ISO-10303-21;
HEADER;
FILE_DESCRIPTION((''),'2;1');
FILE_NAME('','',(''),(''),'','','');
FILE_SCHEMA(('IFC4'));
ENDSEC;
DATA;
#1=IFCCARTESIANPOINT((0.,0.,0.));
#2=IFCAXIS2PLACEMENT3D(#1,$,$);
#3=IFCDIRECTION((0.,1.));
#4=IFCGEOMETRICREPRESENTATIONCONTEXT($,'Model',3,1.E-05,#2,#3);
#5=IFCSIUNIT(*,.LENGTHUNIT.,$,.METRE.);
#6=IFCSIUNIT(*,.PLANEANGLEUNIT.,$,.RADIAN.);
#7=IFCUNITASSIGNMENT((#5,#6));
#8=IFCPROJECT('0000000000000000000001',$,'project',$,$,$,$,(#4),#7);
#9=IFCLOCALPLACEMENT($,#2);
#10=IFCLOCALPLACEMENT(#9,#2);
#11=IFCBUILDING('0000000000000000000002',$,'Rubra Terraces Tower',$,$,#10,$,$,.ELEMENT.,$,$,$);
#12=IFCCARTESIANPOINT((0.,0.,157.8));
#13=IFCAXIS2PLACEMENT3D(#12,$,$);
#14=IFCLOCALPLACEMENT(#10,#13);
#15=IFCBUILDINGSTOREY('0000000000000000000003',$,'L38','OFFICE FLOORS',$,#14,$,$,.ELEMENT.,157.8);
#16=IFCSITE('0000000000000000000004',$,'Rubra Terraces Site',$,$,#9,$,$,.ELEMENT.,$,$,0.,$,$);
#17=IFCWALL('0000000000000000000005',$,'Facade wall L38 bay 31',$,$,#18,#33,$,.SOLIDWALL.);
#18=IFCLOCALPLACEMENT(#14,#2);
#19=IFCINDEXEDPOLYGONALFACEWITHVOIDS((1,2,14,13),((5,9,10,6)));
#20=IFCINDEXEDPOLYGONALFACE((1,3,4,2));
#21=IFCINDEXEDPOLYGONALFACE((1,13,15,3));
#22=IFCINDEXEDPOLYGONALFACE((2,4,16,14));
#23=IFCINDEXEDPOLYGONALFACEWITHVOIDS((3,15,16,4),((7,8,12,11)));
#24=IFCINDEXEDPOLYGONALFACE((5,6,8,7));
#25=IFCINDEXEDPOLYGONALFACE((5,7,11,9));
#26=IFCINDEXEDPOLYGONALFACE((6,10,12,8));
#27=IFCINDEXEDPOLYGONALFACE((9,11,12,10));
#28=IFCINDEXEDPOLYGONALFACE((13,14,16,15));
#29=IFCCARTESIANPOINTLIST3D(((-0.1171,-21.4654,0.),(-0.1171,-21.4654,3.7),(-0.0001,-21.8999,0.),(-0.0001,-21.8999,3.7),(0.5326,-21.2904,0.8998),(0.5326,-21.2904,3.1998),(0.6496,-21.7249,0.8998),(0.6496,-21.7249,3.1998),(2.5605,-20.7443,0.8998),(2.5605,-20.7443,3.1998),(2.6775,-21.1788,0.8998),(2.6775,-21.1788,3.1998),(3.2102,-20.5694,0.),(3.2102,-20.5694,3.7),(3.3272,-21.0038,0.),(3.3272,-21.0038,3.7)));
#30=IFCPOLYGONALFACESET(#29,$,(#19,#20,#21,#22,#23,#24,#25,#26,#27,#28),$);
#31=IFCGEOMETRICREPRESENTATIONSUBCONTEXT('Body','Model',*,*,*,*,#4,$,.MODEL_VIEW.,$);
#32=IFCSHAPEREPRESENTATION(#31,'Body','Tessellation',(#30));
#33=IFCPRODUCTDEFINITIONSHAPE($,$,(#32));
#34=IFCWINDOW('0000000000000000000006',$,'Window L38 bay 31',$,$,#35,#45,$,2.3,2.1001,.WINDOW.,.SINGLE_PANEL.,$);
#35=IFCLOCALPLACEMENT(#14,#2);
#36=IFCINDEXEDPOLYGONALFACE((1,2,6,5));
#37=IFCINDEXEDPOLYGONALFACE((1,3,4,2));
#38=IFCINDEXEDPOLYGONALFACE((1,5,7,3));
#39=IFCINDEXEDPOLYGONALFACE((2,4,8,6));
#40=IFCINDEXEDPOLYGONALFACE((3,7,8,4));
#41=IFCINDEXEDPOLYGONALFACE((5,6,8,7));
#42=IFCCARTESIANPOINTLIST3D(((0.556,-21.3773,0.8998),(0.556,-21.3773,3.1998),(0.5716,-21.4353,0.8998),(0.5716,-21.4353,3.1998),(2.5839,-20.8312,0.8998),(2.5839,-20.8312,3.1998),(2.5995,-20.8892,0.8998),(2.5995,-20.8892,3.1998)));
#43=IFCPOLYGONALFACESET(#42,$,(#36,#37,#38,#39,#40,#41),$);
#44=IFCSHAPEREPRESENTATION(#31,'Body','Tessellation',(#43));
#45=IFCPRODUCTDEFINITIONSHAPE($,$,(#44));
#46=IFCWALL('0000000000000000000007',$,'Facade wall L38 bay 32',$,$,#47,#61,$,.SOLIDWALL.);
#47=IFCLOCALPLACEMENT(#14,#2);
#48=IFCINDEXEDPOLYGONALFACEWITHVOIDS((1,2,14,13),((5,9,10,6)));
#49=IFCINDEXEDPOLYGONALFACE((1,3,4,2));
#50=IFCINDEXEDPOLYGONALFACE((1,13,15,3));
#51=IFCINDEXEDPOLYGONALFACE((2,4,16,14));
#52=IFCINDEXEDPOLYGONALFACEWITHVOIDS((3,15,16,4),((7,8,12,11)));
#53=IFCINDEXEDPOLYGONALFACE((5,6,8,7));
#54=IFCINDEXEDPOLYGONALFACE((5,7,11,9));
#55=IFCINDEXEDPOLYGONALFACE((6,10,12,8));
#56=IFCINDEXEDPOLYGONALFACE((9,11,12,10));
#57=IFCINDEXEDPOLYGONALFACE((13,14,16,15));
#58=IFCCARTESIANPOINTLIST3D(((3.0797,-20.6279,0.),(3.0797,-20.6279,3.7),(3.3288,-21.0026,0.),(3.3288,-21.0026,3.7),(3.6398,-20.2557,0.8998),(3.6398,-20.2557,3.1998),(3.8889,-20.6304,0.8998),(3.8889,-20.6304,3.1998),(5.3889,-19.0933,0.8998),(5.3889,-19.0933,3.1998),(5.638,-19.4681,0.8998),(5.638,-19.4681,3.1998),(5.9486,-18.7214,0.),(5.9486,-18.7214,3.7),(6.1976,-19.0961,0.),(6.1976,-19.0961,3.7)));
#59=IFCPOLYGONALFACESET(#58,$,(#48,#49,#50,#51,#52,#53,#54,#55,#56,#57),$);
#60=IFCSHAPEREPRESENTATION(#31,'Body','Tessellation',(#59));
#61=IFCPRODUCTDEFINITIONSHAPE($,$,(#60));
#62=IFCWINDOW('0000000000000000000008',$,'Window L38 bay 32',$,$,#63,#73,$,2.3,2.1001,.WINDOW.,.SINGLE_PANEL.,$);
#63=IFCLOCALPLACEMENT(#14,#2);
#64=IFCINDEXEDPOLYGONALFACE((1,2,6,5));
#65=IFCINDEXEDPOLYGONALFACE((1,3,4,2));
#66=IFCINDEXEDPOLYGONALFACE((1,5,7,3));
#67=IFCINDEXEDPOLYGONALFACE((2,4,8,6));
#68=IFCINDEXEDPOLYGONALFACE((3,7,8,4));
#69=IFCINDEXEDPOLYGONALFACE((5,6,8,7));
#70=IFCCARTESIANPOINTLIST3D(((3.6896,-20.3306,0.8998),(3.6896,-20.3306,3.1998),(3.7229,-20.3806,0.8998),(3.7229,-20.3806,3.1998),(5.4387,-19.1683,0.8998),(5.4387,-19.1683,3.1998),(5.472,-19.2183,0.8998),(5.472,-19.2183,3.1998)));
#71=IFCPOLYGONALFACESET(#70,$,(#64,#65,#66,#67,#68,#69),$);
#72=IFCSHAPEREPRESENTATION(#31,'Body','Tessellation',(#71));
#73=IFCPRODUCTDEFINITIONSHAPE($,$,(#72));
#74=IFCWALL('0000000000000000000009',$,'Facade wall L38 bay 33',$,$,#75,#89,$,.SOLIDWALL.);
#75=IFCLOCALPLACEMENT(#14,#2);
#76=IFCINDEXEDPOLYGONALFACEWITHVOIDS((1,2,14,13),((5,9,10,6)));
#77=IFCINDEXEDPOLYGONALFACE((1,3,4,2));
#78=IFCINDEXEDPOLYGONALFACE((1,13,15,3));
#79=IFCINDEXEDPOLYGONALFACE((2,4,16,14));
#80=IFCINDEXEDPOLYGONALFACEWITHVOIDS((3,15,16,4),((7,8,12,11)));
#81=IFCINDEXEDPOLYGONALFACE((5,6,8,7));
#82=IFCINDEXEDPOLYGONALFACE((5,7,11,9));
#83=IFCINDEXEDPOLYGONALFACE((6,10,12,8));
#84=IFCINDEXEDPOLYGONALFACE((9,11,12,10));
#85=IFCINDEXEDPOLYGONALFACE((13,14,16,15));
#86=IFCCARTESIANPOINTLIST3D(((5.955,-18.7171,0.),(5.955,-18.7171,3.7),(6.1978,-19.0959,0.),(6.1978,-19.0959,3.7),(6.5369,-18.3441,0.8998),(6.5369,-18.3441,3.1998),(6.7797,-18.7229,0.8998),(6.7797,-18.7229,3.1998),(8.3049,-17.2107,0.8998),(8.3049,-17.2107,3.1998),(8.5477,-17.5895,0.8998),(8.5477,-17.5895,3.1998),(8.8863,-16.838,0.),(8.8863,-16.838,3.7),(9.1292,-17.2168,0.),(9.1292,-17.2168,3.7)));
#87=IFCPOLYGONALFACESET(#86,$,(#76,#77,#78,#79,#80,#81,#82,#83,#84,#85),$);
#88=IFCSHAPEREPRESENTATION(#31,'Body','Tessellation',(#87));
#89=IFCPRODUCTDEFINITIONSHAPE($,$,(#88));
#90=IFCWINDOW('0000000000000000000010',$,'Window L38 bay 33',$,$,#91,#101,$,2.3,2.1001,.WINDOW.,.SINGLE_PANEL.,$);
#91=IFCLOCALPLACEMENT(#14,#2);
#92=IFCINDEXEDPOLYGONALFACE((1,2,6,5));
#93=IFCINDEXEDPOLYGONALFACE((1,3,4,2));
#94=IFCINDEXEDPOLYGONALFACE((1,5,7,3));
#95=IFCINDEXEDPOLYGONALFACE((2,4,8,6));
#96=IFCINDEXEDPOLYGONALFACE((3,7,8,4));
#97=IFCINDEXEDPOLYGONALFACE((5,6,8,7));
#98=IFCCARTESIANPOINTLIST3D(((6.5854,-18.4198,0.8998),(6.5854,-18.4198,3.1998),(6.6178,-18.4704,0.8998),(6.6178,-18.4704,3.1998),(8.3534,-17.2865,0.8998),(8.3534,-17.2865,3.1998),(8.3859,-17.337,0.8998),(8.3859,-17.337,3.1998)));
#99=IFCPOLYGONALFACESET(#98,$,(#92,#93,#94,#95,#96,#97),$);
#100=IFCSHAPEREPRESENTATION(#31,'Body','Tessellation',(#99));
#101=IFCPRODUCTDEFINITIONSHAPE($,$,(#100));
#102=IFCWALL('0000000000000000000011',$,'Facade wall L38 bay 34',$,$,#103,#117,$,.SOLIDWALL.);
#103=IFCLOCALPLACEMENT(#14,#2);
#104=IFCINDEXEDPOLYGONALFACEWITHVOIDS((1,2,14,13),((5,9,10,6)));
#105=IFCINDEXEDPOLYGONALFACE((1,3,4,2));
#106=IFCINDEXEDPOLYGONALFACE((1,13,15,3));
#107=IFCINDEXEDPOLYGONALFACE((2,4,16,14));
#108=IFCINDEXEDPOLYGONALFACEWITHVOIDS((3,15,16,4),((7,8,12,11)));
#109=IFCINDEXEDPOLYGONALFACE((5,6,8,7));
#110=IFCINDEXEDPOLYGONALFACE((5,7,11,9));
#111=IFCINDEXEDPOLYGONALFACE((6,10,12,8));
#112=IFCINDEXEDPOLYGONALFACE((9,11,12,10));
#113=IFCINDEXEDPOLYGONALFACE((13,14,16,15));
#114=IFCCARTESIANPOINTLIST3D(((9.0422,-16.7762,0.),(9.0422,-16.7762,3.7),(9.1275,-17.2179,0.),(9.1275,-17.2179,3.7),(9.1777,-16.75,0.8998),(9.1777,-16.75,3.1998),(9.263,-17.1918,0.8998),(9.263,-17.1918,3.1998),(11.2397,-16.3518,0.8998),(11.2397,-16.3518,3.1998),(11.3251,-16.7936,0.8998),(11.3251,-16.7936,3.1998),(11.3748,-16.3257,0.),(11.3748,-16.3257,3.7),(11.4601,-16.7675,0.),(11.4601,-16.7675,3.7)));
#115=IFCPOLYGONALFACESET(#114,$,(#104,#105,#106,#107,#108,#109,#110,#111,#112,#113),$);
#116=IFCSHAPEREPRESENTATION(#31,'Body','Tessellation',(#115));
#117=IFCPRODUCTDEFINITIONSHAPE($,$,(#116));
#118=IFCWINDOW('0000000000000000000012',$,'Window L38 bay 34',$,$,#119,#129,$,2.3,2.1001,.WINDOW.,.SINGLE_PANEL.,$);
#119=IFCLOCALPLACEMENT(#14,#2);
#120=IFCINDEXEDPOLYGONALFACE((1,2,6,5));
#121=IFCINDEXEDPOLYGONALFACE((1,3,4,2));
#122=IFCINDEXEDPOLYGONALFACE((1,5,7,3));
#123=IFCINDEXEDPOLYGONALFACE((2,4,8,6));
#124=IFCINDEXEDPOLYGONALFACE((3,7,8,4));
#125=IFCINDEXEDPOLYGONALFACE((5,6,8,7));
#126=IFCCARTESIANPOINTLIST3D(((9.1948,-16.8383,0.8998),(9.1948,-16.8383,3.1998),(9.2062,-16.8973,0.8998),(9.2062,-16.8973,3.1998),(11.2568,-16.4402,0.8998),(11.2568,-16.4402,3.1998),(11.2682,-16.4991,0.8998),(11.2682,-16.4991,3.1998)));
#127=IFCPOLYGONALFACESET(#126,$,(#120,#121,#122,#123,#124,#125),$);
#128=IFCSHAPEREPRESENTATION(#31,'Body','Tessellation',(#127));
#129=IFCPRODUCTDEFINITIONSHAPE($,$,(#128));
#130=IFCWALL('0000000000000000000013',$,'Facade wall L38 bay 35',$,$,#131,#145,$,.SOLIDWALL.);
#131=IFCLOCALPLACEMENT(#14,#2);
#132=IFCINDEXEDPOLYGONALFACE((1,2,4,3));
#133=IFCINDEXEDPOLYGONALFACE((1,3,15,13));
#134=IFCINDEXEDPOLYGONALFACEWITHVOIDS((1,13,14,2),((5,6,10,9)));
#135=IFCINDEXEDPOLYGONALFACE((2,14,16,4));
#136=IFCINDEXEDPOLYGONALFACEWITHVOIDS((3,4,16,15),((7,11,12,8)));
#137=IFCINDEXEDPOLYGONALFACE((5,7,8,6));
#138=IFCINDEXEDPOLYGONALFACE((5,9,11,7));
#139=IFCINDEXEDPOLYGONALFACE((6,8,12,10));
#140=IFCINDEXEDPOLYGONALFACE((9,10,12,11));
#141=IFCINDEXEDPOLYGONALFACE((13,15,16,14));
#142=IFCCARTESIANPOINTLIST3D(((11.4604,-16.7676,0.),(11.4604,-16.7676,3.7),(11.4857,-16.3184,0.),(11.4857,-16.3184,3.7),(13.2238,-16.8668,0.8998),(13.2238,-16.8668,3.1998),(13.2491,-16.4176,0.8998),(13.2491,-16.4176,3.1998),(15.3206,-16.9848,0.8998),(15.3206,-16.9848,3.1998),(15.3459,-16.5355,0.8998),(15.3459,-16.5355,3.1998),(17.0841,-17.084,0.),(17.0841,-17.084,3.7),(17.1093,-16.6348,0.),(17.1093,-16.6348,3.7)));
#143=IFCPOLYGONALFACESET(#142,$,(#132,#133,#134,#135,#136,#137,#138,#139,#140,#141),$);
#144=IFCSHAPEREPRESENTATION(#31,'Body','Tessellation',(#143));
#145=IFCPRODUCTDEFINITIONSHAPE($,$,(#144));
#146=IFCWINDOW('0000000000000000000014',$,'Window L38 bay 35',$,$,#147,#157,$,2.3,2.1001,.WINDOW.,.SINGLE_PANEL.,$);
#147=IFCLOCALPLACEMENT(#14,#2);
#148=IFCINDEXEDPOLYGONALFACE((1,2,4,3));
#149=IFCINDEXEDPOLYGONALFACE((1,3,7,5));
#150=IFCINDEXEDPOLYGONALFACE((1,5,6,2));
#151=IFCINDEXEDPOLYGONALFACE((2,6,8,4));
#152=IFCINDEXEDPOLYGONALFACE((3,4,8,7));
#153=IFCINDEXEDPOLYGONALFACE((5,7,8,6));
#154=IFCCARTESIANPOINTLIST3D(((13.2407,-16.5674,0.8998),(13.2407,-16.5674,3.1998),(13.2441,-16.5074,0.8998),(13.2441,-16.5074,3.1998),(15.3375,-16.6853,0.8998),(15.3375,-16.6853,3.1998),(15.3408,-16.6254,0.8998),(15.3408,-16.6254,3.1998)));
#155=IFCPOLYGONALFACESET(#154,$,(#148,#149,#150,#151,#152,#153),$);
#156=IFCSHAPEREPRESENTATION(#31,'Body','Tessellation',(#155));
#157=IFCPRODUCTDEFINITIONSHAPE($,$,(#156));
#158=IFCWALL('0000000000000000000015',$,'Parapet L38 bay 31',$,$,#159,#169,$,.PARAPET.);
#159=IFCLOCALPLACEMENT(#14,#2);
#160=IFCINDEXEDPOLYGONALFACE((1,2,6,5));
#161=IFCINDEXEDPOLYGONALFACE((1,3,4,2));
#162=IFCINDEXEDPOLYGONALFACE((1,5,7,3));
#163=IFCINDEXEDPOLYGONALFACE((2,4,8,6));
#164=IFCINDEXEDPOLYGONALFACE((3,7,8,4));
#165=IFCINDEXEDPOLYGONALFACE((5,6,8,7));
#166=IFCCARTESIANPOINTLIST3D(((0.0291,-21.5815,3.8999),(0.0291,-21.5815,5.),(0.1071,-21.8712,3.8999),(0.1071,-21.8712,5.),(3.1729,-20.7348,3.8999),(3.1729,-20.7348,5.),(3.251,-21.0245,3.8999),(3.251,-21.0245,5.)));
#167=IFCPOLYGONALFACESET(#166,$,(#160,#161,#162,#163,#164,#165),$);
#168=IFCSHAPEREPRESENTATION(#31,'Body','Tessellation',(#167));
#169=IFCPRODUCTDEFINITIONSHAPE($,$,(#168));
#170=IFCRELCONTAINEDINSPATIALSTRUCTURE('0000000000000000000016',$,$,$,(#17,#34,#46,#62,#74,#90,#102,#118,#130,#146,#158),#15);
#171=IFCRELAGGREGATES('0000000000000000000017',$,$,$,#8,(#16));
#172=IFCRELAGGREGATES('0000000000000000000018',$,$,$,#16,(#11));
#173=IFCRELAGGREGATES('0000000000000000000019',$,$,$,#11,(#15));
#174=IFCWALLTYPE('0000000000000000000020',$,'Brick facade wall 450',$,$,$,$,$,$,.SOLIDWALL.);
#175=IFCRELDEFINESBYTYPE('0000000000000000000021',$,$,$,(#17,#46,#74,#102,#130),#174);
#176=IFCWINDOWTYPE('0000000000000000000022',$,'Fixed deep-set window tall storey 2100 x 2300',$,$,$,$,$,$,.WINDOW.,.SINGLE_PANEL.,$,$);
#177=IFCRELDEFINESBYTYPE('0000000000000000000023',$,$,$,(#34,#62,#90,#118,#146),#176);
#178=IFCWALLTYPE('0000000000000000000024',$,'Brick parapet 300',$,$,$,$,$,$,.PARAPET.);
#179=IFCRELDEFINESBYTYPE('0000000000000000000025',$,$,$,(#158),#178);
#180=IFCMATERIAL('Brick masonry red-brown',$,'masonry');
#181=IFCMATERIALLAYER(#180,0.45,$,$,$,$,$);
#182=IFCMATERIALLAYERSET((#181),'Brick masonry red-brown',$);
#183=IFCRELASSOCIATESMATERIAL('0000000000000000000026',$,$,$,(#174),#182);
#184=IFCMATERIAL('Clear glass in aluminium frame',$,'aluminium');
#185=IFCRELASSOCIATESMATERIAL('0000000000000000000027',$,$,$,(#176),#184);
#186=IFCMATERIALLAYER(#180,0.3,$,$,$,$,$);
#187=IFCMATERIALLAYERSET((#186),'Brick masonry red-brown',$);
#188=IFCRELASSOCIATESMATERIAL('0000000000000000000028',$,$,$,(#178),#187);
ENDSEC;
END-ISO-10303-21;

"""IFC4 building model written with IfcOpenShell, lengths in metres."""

from ifc_helpers import new_model, si_unit, direction, frame, frame_2d, origin, place, context, subcontext, project, spatial, rectangle, extrude, material, layer, layer_set, type_object, element, fill, save


model = new_model("IFC4")

# Units and contexts
model_context = context("Model", 3, precision=1e-05, world=origin(), true_north=direction((0.0, 1.0)))
body_context = subcontext(model_context, "Body", "Model", "MODEL_VIEW")
ifc_project = project(units=[si_unit("LENGTHUNIT", "METRE"), si_unit("PLANEANGLEUNIT", "RADIAN")], contexts=[model_context])

# Site, building, storey
site_placement = place(None, origin())
site = spatial("IfcSite", under=ifc_project, at=site_placement, Name="Rubra Terraces Site", CompositionType="ELEMENT", RefElevation=0.0)
building_placement = place(site_placement, origin())
building = spatial("IfcBuilding", under=site, at=building_placement, Name="Rubra Terraces Tower", CompositionType="ELEMENT")
storey_placement = place(building_placement, frame((0.0, 0.0, 157.8)))
storey = spatial("IfcBuildingStorey", under=building, at=storey_placement, Name="L38", Description="OFFICE FLOORS", CompositionType="ELEMENT", Elevation=157.8)

# Walls, openings, windows
ifc_material_1 = material(Name="Brick masonry red-brown", Category="masonry")
ifc_layer_1 = layer(ifc_material_1, 0.45)
ifc_layer_set_1 = layer_set([ifc_layer_1], Name="Brick masonry red-brown")
wall_type_1 = type_object("IfcWallType", Name="Brick facade wall 450", PredefinedType="SOLIDWALL", material=ifc_layer_set_1)
wall_1_placement = place(storey_placement, frame((-0.0586, -21.6826, 0.0), z_axis=(0.0, 0.0, 1.0), x_axis=(0.965599, 0.260034, 0.0)))
wall_1 = element("IfcWall", 1, at=wall_1_placement, inside=storey, type_object=wall_type_1, Name="Facade wall L38 bay 31", PredefinedType="SOLIDWALL", context=body_context, shape_type="SweptSolid", body=[
    extrude(rectangle(XDim=3.4458, YDim=0.45, at=frame_2d((1.7229, 0.0))), origin(), (0.0, 0.0, 1.0), 3.7),
])
opening_1_placement = place(wall_1_placement, frame((0.6729, 0.0, 0.8999)))
opening_1 = element("IfcOpeningElement", 2, at=opening_1_placement, cuts=wall_1, PredefinedType="OPENING", context=body_context, shape_type="SweptSolid", body=[
    extrude(rectangle(XDim=2.1001, YDim=2.3, at=frame_2d((1.05, 1.1499))), frame((0.0, 0.2349, 0.0), z_axis=(0.0, -1.0, 0.0), x_axis=(1.0, 0.0, 0.0)), (0.0, 0.0, 1.0), 0.47),
])
ifc_material_2 = material(Name="Clear glass in aluminium frame", Category="aluminium")
window_type = type_object("IfcWindowType", Name="Fixed deep-set window tall storey 2100 x 2300", PartitioningType="SINGLE_PANEL", PredefinedType="WINDOW", material=ifc_material_2)
window_1_placement = place(opening_1_placement, origin())
window_1 = element("IfcWindow", 3, at=window_1_placement, inside=storey, type_object=window_type, Name="Window L38 bay 31", OverallHeight=2.3, OverallWidth=2.1001, PartitioningType="SINGLE_PANEL", PredefinedType="WINDOW", context=body_context, shape_type="SweptSolid", body=[
    extrude(rectangle(XDim=2.1001, YDim=2.3, at=frame_2d((1.05, 1.1499))), frame((0.0, 0.135, 0.0), z_axis=(0.0, -1.0, 0.0), x_axis=(1.0, 0.0, 0.0)), (0.0, 0.0, 1.0), 0.0601),
])
fill(opening_1, window_1)
wall_2_placement = place(storey_placement, frame((3.2043, -20.8152, 0.0), z_axis=(0.0, 0.0, 1.0), x_axis=(0.832867, 0.553473, 0.0)))
wall_2 = element("IfcWall", 4, at=wall_2_placement, inside=storey, type_object=wall_type_1, Name="Facade wall L38 bay 32", PredefinedType="SOLIDWALL", context=body_context, shape_type="SweptSolid", body=[
    extrude(rectangle(XDim=3.4446, YDim=0.45, at=frame_2d((1.7222, 0.0))), origin(), (0.0, 0.0, 1.0), 3.7),
])
opening_2_placement = place(wall_2_placement, frame((0.6724, 0.0, 0.8999)))
opening_2 = element("IfcOpeningElement", 5, at=opening_2_placement, cuts=wall_2, PredefinedType="OPENING", context=body_context, shape_type="SweptSolid", body=[
    extrude(rectangle(XDim=2.1001, YDim=2.3, at=frame_2d((1.05, 1.1499))), frame((0.0, 0.2349, 0.0), z_axis=(0.0, -1.0, 0.0), x_axis=(1.0, 0.0, 0.0)), (0.0, 0.0, 1.0), 0.47),
])
window_2_placement = place(opening_2_placement, origin())
window_2 = element("IfcWindow", 6, at=window_2_placement, inside=storey, type_object=window_type, Name="Window L38 bay 32", OverallHeight=2.3, OverallWidth=2.1001, PartitioningType="SINGLE_PANEL", PredefinedType="WINDOW", context=body_context, shape_type="SweptSolid", body=[
    extrude(rectangle(XDim=2.1001, YDim=2.3, at=frame_2d((1.05, 1.1499))), frame((0.0, 0.135, 0.0), z_axis=(0.0, -1.0, 0.0), x_axis=(1.0, 0.0, 0.0)), (0.0, 0.0, 1.0), 0.0601),
])
fill(opening_2, window_2)
wall_3_placement = place(storey_placement, frame((6.0764, -18.9065, 0.0), z_axis=(0.0, 0.0, 1.0), x_axis=(0.841873, 0.539676, 0.0)))
wall_3 = element("IfcWall", 7, at=wall_3_placement, inside=storey, type_object=wall_type_1, Name="Facade wall L38 bay 33", PredefinedType="SOLIDWALL", context=body_context, shape_type="SweptSolid", body=[
    extrude(rectangle(XDim=3.4819, YDim=0.45, at=frame_2d((1.741, 0.0))), origin(), (0.0, 0.0, 1.0), 3.7),
])
opening_3_placement = place(wall_3_placement, frame((0.6912, 0.0, 0.8999)))
opening_3 = element("IfcOpeningElement", 8, at=opening_3_placement, cuts=wall_3, PredefinedType="OPENING", context=body_context, shape_type="SweptSolid", body=[
    extrude(rectangle(XDim=2.1001, YDim=2.3, at=frame_2d((1.05, 1.1499))), frame((0.0, 0.2349, 0.0), z_axis=(0.0, -1.0, 0.0), x_axis=(1.0, 0.0, 0.0)), (0.0, 0.0, 1.0), 0.47),
])
window_3_placement = place(opening_3_placement, origin())
window_3 = element("IfcWindow", 9, at=window_3_placement, inside=storey, type_object=window_type, Name="Window L38 bay 33", OverallHeight=2.3, OverallWidth=2.1001, PartitioningType="SINGLE_PANEL", PredefinedType="WINDOW", context=body_context, shape_type="SweptSolid", body=[
    extrude(rectangle(XDim=2.1001, YDim=2.3, at=frame_2d((1.05, 1.1499))), frame((0.0, 0.135, 0.0), z_axis=(0.0, -1.0, 0.0), x_axis=(1.0, 0.0, 0.0)), (0.0, 0.0, 1.0), 0.0601),
])
fill(opening_3, window_3)
wall_4_placement = place(storey_placement, frame((9.0847, -16.9971, 0.0), z_axis=(0.0, 0.0, 1.0), x_axis=(0.981863, 0.189591, 0.0)))
wall_4 = element("IfcWall", 10, at=wall_4_placement, inside=storey, type_object=wall_type_1, Name="Facade wall L38 bay 34", PredefinedType="SOLIDWALL", context=body_context, shape_type="SweptSolid", body=[
    extrude(rectangle(XDim=2.3757, YDim=0.45, at=frame_2d((1.188, 0.0))), origin(), (0.0, 0.0, 1.0), 3.7),
])
opening_4_placement = place(wall_4_placement, frame((0.1382, 0.0, 0.8999)))
opening_4 = element("IfcOpeningElement", 11, at=opening_4_placement, cuts=wall_4, PredefinedType="OPENING", context=body_context, shape_type="SweptSolid", body=[
    extrude(rectangle(XDim=2.1001, YDim=2.3, at=frame_2d((1.05, 1.1499))), frame((0.0, 0.2349, 0.0), z_axis=(0.0, -1.0, 0.0), x_axis=(1.0, 0.0, 0.0)), (0.0, 0.0, 1.0), 0.47),
])
window_4_placement = place(opening_4_placement, origin())
window_4 = element("IfcWindow", 12, at=window_4_placement, inside=storey, type_object=window_type, Name="Window L38 bay 34", OverallHeight=2.3, OverallWidth=2.1001, PartitioningType="SINGLE_PANEL", PredefinedType="WINDOW", context=body_context, shape_type="SweptSolid", body=[
    extrude(rectangle(XDim=2.1001, YDim=2.3, at=frame_2d((1.05, 1.1499))), frame((0.0, 0.135, 0.0), z_axis=(0.0, -1.0, 0.0), x_axis=(1.0, 0.0, 0.0)), (0.0, 0.0, 1.0), 0.0601),
])
fill(opening_4, window_4)
wall_5_placement = place(storey_placement, frame((11.4729, -16.543, 0.0), z_axis=(0.0, 0.0, 1.0), x_axis=(0.998421, -0.056173, 0.0)))
wall_5 = element("IfcWall", 13, at=wall_5_placement, inside=storey, type_object=wall_type_1, Name="Facade wall L38 bay 35", PredefinedType="SOLIDWALL", context=body_context, shape_type="SweptSolid", body=[
    extrude(rectangle(XDim=5.6326, YDim=0.45, at=frame_2d((2.8164, 0.0))), origin(), (0.0, 0.0, 1.0), 3.7),
])
opening_5_placement = place(wall_5_placement, frame((1.7664, 0.0, 0.8999)))
opening_5 = element("IfcOpeningElement", 14, at=opening_5_placement, cuts=wall_5, PredefinedType="OPENING", context=body_context, shape_type="SweptSolid", body=[
    extrude(rectangle(XDim=2.1001, YDim=2.3, at=frame_2d((1.05, 1.1499))), frame((0.0, 0.2349, 0.0), z_axis=(0.0, -1.0, 0.0), x_axis=(1.0, 0.0, 0.0)), (0.0, 0.0, 1.0), 0.47),
])
window_5_placement = place(opening_5_placement, origin())
window_5 = element("IfcWindow", 15, at=window_5_placement, inside=storey, type_object=window_type, Name="Window L38 bay 35", OverallHeight=2.3, OverallWidth=2.1001, PartitioningType="SINGLE_PANEL", PredefinedType="WINDOW", context=body_context, shape_type="SweptSolid", body=[
    extrude(rectangle(XDim=2.1001, YDim=2.3, at=frame_2d((1.05, 1.1499))), frame((0.0, 0.135, 0.0), z_axis=(0.0, -1.0, 0.0), x_axis=(1.0, 0.0, 0.0)), (0.0, 0.0, 1.0), 0.0601),
])
fill(opening_5, window_5)

# Wall
ifc_layer_2 = layer(ifc_material_1, 0.3)
ifc_layer_set_2 = layer_set([ifc_layer_2], Name="Brick masonry red-brown")
wall_type_2 = type_object("IfcWallType", Name="Brick parapet 300", PredefinedType="PARAPET", material=ifc_layer_set_2)
wall_6_placement = place(storey_placement, frame((0.0681, -21.7263, 3.8999), z_axis=(0.0, 0.0, 1.0), x_axis=(0.965595, 0.260051, 0.0)))
element("IfcWall", 16, at=wall_6_placement, inside=storey, type_object=wall_type_2, Name="Parapet L38 bay 31", PredefinedType="PARAPET", context=body_context, shape_type="SweptSolid", body=[
    extrude(rectangle(XDim=3.2559, YDim=0.3, at=frame_2d((1.6279, 0.0))), origin(), (0.0, 0.0, 1.0), 1.1001),
])

save(model, "model.ifc")
